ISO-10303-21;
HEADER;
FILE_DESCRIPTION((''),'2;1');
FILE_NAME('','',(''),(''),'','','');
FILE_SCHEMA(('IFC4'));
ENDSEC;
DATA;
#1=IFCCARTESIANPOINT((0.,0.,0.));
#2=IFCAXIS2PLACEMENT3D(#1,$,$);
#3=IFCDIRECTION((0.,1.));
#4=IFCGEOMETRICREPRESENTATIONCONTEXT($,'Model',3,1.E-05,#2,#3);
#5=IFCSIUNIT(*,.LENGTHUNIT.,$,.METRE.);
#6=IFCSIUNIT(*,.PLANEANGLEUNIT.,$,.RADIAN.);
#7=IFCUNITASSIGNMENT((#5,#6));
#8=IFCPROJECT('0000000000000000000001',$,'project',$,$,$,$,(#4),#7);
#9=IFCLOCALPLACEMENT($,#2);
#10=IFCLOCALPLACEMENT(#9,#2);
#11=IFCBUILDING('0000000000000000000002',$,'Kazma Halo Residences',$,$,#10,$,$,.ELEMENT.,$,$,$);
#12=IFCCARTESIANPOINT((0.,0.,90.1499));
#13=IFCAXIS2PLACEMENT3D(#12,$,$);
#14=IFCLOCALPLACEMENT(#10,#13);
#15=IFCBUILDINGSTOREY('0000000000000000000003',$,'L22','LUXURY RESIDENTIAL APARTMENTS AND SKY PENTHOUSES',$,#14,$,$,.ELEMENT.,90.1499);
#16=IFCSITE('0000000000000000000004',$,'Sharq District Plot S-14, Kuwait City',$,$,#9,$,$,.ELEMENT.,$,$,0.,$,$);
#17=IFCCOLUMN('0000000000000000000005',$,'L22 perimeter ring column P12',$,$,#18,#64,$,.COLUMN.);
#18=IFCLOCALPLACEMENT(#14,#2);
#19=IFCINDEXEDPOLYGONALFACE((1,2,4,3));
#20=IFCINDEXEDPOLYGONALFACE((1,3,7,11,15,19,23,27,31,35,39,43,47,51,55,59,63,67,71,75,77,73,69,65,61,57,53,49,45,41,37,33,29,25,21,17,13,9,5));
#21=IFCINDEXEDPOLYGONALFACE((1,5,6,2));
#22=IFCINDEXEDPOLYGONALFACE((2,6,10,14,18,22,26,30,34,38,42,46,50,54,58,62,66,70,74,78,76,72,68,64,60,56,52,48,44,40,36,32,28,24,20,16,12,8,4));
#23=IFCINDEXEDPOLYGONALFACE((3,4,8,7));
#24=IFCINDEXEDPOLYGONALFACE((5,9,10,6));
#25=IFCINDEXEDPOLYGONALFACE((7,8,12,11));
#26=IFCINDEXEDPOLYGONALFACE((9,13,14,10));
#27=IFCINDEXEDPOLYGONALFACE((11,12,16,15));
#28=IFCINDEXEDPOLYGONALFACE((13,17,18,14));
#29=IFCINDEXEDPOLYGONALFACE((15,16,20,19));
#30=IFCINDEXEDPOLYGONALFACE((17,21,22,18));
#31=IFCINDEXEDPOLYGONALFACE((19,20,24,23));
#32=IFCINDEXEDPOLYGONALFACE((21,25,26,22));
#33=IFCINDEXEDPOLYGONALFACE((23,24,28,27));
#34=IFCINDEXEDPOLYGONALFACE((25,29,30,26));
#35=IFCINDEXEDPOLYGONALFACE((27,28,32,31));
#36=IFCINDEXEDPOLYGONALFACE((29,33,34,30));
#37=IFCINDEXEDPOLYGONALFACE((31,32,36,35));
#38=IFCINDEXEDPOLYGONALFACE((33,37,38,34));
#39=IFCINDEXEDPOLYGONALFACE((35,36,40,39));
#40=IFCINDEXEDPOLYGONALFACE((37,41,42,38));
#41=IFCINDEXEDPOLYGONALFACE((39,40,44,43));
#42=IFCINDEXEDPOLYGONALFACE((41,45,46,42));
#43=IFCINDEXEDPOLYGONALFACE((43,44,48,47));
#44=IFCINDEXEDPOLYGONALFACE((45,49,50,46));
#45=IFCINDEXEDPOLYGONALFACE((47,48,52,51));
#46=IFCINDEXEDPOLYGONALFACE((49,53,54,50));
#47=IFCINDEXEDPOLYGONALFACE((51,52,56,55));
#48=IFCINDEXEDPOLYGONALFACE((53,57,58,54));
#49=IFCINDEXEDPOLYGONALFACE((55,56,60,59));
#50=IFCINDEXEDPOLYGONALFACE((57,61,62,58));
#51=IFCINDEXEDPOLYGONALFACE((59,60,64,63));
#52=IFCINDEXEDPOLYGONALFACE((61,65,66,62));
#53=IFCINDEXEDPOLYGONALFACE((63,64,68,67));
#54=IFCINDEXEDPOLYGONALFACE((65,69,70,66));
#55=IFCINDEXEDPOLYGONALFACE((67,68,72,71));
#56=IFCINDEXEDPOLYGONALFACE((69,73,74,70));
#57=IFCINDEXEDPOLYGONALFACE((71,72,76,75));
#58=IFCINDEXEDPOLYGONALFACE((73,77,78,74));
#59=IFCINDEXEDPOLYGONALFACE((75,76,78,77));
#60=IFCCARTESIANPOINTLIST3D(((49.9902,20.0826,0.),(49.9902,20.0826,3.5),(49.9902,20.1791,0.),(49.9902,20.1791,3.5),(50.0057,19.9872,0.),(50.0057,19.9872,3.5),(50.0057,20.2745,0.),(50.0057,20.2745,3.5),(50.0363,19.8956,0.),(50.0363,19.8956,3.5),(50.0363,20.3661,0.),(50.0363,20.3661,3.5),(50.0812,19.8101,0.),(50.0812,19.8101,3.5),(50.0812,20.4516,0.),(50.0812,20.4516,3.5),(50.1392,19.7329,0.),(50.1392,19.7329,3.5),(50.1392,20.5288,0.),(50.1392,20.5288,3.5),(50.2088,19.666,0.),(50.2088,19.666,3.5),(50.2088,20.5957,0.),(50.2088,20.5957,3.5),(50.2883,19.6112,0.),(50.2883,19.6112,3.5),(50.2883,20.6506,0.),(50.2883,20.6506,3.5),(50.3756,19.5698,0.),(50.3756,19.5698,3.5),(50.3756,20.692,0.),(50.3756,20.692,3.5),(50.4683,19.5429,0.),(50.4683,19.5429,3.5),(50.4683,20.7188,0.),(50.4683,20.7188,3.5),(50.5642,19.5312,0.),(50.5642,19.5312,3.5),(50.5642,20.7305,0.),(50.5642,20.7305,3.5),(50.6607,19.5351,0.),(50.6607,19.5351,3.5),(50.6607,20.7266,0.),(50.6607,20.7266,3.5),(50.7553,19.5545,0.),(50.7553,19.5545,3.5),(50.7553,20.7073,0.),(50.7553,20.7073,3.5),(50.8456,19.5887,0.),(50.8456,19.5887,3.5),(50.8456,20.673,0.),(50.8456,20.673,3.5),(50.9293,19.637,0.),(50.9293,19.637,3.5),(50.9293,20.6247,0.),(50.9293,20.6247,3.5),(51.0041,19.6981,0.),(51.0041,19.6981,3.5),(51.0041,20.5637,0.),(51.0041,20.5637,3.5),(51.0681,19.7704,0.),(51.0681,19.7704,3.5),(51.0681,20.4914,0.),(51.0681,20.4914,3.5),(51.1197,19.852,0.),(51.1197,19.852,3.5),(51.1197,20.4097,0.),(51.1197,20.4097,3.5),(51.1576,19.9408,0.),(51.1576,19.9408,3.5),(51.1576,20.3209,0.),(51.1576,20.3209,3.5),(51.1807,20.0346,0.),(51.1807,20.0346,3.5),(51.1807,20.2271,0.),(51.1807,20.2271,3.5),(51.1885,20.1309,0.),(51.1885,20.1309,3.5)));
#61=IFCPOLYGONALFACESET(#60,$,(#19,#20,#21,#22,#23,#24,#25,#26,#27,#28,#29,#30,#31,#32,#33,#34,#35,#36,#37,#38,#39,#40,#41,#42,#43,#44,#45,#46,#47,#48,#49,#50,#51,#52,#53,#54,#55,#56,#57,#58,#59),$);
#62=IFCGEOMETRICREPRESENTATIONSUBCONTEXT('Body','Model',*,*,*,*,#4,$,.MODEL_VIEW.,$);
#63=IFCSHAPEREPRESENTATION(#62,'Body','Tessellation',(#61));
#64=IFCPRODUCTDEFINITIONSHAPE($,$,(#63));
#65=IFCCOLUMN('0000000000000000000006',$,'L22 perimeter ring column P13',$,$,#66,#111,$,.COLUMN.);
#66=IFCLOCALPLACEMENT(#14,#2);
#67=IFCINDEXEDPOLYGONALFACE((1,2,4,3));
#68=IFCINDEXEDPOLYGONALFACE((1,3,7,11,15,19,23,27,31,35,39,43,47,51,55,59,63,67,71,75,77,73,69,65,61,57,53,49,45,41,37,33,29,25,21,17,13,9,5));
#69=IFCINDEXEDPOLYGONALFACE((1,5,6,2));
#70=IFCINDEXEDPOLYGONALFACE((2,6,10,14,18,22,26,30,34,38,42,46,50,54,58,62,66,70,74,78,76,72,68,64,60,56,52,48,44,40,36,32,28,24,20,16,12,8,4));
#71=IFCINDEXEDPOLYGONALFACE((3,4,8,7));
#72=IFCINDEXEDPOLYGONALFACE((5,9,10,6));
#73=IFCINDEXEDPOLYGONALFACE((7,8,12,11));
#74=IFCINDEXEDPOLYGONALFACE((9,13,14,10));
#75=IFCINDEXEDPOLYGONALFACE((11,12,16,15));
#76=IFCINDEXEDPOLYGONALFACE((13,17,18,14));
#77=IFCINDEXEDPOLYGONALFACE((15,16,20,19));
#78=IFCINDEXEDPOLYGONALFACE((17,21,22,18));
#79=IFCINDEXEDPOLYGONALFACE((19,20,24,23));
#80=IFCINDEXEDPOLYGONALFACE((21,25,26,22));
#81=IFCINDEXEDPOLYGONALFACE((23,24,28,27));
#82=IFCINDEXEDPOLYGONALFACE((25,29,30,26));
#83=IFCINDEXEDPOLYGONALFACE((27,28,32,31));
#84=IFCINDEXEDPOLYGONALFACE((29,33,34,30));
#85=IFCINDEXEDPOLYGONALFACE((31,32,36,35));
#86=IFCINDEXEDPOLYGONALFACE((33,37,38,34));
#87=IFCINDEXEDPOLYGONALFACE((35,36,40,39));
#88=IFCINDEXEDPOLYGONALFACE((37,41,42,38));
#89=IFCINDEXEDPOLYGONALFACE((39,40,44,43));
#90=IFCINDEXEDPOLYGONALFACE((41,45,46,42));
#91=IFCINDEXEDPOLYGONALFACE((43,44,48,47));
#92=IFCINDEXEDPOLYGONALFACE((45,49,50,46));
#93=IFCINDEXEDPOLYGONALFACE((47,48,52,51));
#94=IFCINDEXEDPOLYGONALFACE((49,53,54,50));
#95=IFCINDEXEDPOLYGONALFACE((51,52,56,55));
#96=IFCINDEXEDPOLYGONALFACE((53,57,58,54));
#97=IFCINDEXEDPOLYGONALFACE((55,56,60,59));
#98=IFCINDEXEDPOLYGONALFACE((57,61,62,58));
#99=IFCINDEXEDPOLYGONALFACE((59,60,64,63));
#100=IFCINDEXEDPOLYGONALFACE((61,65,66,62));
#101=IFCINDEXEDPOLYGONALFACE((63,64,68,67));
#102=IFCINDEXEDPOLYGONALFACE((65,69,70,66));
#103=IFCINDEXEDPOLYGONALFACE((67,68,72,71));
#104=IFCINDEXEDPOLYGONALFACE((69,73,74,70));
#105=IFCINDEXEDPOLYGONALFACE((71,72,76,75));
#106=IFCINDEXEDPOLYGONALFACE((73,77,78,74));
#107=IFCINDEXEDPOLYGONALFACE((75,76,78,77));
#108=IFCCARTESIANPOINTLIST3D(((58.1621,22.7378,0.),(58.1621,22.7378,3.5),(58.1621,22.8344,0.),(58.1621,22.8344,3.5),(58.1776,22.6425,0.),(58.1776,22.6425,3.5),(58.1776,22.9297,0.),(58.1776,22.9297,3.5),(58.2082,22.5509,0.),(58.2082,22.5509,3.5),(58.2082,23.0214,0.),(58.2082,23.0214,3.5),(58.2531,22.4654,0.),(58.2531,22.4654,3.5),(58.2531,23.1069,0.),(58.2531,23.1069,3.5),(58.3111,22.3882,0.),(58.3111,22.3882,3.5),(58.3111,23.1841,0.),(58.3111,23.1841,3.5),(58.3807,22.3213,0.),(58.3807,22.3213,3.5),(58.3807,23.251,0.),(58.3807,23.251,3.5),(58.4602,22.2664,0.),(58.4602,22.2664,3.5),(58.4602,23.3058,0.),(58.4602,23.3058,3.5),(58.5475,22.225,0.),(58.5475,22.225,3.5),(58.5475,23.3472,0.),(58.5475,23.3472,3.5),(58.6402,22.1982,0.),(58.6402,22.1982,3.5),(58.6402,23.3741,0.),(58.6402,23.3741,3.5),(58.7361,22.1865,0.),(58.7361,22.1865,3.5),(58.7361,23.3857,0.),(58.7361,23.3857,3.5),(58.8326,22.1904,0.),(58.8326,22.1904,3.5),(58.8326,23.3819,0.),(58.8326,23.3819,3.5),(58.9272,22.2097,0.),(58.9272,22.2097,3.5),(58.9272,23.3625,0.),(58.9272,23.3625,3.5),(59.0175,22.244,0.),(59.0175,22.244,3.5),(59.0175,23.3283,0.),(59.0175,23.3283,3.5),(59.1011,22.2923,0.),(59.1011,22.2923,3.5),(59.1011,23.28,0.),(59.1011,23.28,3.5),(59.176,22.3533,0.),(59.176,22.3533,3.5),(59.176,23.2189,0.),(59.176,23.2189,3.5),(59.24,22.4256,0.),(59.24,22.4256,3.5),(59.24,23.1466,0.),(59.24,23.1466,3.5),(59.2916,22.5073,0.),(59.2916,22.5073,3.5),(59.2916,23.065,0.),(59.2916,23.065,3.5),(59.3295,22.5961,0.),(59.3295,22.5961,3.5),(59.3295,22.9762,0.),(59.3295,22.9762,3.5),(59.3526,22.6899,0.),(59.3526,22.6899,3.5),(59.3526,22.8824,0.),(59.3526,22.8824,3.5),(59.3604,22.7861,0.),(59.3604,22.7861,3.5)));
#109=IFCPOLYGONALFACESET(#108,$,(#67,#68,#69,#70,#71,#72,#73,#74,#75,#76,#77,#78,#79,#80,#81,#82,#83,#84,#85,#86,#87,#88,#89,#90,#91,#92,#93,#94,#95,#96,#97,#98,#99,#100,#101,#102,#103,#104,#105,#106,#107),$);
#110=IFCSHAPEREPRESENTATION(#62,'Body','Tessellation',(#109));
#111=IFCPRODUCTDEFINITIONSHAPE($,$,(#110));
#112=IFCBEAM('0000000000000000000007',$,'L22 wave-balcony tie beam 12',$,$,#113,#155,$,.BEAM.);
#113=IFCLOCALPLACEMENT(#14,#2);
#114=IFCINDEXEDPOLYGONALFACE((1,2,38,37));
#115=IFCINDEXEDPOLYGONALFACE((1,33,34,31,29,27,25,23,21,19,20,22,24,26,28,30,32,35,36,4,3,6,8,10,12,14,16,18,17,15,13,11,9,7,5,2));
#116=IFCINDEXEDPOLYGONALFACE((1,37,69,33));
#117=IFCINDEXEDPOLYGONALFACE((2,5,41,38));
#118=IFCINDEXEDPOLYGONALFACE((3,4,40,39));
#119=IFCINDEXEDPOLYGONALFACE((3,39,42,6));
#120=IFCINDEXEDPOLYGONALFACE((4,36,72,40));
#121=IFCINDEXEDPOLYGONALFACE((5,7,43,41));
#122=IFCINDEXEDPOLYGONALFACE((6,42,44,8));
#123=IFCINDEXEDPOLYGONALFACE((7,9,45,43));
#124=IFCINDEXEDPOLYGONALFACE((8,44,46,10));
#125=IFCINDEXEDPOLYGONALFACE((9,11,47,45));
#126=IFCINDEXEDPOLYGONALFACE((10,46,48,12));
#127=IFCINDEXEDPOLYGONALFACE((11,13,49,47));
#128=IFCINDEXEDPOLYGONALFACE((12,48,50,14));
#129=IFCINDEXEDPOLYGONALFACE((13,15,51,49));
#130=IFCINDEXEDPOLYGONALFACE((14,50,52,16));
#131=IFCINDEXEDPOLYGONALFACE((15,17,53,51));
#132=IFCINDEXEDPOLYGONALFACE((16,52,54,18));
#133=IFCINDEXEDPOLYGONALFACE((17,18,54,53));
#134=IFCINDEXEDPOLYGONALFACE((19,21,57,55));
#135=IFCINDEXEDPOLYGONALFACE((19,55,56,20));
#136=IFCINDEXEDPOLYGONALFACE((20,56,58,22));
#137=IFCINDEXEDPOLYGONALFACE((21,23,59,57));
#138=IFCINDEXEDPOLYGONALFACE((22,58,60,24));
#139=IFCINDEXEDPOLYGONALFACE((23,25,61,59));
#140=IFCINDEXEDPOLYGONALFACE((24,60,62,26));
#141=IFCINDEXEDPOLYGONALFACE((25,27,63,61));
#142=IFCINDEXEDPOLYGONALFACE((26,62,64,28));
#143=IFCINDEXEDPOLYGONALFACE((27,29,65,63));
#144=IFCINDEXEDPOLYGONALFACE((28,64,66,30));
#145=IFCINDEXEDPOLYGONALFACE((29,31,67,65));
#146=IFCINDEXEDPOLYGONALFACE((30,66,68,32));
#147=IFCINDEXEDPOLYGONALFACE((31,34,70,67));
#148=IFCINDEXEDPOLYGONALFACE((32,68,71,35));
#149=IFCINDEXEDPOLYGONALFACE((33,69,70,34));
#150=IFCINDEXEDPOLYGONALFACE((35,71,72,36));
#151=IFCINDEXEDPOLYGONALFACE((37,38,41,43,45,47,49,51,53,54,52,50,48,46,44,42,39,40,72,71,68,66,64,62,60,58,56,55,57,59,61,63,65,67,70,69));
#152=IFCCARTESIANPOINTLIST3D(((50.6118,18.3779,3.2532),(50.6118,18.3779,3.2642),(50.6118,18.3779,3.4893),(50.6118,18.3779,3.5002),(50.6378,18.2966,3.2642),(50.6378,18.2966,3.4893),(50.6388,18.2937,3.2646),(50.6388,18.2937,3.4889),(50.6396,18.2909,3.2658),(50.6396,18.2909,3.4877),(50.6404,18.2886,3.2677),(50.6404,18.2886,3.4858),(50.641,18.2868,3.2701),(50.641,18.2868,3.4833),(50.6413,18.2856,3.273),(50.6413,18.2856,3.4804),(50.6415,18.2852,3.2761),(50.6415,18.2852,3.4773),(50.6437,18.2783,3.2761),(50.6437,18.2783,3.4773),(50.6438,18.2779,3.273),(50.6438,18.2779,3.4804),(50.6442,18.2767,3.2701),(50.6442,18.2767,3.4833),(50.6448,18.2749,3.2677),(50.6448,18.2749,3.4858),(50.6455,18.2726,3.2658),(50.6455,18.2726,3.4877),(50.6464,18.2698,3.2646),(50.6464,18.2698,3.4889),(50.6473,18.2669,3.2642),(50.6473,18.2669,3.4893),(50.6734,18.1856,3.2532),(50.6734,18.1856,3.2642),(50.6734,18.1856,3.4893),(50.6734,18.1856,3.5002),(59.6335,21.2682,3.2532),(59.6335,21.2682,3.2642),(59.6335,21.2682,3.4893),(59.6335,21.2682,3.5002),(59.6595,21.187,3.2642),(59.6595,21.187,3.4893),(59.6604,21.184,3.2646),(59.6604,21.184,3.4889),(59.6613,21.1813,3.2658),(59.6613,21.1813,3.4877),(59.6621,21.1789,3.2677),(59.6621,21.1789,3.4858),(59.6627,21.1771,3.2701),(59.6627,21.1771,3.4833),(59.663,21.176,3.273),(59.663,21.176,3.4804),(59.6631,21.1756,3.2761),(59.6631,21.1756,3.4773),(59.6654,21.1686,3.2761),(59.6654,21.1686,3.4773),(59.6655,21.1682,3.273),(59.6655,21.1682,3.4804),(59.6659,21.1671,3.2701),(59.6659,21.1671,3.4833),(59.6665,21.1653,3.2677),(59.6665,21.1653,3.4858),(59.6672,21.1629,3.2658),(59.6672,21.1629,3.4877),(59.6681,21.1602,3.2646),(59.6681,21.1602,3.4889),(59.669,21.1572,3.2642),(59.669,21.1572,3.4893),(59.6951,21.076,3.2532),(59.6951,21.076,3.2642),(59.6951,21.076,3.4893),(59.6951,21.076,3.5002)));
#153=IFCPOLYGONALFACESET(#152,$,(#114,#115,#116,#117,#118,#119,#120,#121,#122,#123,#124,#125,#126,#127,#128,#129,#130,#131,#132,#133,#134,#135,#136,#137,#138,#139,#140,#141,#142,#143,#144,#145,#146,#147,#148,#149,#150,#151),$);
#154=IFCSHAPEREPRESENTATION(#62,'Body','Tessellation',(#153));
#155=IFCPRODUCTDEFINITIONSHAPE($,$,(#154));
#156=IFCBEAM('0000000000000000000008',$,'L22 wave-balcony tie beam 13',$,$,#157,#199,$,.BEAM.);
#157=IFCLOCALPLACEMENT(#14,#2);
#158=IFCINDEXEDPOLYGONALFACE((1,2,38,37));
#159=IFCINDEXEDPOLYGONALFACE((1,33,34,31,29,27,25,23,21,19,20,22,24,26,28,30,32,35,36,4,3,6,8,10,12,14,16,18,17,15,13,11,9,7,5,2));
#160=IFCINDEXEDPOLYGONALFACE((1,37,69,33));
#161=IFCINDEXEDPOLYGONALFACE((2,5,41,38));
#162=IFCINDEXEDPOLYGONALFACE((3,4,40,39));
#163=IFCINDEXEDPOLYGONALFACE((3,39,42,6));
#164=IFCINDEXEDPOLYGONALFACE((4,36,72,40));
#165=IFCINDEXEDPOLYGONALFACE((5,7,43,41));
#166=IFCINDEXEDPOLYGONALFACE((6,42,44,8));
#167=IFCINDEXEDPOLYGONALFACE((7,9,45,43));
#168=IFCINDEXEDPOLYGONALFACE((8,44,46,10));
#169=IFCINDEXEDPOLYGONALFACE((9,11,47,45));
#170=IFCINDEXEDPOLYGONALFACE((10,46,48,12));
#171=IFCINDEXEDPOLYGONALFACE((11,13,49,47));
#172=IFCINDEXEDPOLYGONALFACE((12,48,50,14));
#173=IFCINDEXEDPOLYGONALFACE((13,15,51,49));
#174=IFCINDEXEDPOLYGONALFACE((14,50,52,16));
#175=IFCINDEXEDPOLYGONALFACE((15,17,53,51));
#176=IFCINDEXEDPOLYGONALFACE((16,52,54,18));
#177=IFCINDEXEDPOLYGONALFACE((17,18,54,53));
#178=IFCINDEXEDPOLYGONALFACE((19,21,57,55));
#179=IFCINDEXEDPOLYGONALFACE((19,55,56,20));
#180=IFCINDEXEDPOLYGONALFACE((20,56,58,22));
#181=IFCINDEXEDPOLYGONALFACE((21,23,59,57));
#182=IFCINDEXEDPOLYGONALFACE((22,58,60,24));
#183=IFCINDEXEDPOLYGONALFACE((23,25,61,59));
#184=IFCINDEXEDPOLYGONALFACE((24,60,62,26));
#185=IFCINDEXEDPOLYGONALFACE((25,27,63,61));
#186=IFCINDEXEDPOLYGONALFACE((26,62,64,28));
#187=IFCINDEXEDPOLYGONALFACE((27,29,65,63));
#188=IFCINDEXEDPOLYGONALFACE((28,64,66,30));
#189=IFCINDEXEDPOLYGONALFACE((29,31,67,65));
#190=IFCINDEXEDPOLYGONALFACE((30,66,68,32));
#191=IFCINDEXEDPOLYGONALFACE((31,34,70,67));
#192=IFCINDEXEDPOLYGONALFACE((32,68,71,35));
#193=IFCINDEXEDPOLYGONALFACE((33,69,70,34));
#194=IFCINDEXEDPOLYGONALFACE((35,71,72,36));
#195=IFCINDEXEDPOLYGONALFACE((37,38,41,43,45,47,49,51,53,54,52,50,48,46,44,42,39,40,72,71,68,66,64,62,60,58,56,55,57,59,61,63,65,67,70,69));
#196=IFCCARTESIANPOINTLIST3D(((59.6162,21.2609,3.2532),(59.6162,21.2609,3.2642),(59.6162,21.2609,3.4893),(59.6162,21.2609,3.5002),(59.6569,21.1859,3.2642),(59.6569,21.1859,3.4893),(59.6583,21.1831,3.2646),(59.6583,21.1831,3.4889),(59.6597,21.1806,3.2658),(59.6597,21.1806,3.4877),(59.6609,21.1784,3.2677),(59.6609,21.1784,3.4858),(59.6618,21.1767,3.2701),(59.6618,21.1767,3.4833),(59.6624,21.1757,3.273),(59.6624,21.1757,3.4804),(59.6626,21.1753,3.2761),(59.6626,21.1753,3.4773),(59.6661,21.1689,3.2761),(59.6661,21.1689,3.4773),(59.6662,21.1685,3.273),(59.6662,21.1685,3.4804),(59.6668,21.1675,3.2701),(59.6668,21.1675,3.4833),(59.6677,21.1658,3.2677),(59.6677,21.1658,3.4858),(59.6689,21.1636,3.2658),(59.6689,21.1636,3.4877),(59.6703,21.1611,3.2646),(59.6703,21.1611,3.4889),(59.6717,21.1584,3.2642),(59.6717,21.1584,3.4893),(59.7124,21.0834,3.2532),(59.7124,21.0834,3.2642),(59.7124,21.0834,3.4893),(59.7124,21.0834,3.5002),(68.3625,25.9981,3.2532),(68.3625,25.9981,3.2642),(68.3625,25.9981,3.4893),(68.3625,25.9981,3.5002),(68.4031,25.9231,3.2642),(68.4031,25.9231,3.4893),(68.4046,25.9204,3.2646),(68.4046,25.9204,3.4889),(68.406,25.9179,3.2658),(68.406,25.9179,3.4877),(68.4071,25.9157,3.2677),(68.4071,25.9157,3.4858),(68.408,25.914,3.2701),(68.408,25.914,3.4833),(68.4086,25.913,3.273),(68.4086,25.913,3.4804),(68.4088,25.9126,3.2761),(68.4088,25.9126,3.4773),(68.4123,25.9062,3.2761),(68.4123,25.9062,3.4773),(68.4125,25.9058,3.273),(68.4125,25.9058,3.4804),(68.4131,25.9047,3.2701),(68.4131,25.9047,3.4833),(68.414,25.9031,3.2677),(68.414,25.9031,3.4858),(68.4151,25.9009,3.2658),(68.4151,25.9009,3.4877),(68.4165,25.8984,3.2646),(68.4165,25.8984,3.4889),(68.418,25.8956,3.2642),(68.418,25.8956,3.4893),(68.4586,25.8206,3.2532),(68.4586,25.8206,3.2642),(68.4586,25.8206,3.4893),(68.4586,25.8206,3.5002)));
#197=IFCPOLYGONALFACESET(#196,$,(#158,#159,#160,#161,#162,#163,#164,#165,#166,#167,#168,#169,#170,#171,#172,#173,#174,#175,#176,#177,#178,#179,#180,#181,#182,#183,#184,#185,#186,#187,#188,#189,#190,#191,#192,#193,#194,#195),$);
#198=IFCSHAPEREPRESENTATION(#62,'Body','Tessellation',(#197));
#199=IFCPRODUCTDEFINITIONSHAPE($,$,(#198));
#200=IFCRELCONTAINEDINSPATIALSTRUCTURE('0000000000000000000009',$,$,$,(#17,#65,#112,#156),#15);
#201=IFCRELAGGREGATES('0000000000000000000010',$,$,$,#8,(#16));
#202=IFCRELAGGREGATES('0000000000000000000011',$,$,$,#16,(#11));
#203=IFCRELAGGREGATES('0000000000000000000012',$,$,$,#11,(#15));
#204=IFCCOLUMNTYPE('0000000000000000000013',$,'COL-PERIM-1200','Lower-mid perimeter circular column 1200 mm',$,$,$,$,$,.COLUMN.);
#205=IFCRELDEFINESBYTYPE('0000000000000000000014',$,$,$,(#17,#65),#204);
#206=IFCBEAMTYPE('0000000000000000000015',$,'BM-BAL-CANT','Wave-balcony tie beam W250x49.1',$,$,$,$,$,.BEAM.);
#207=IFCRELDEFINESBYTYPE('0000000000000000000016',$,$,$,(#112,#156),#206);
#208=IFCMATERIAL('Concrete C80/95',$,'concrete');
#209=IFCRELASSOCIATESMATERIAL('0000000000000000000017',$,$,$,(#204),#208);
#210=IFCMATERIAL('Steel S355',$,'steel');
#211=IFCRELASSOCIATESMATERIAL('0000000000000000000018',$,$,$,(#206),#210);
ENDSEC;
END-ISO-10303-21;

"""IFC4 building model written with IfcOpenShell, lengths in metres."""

from ifc_helpers import new_model, si_unit, direction, frame, origin, origin_2d, place, context, subcontext, project, spatial, circle, i_section, extrude, material, material_profile, profile_set, type_object, element, save


model = new_model("IFC4")

# Units and contexts
model_context = context("Model", 3, precision=1e-05, world=origin(), true_north=direction((0.0, 1.0)))
body_context = subcontext(model_context, "Body", "Model", "MODEL_VIEW")
ifc_project = project(units=[si_unit("LENGTHUNIT", "METRE"), si_unit("PLANEANGLEUNIT", "RADIAN")], contexts=[model_context])

# Site, building, storey
site_placement = place(None, origin())
site = spatial("IfcSite", under=ifc_project, at=site_placement, Name="Sharq District Plot S-14, Kuwait City", CompositionType="ELEMENT", RefElevation=0.0)
building_placement = place(site_placement, origin())
building = spatial("IfcBuilding", under=site, at=building_placement, Name="Kazma Halo Residences", CompositionType="ELEMENT")
storey_placement = place(building_placement, frame((0.0, 0.0, 90.1499)))
storey = spatial("IfcBuildingStorey", under=building, at=storey_placement, Name="L22", Description="LUXURY RESIDENTIAL APARTMENTS AND SKY PENTHOUSES", CompositionType="ELEMENT", Elevation=90.1499)

# Columns
ifc_material_1 = material(Name="Concrete C80/95", Category="concrete")
ifc_material_profile_1 = material_profile(ifc_material_1, circle(Radius=0.6001, at=origin_2d()), Name="CIRC1200")
ifc_profile_set_1 = profile_set([ifc_material_profile_1], Name="Concrete C80/95")
column_type = type_object("IfcColumnType", Name="COL-PERIM-1200", Description="Lower-mid perimeter circular column 1200 mm", PredefinedType="COLUMN", material=ifc_profile_set_1)
for number, where, z_axis, x_axis, name in (
    (1, (50.5884, 20.1309, 0.0), (0.0, 0.0, 1.0), (1.0, 0.0, 0.0), "L22 perimeter ring column P12"),
    (2, (58.7603, 22.7861, 0.0), (0.0, 0.0, 1.0), (1.0, 0.0, 0.0), "L22 perimeter ring column P13"),
):
    element("IfcColumn", number, at=place(storey_placement, frame(where, z_axis=z_axis, x_axis=x_axis)), inside=storey, type_object=column_type, Name=name, PredefinedType="COLUMN", context=body_context, shape_type="SweptSolid", body=[
        extrude(circle(Radius=0.6001, at=origin_2d()), origin(), (0.0, 0.0, 1.0), 3.5),
    ])

# Beams
ifc_material_2 = material(Name="Steel S355", Category="steel")
ifc_material_profile_2 = material_profile(ifc_material_2, i_section(OverallWidth=0.2019, OverallDepth=0.2471, WebThickness=0.0073, FlangeThickness=0.011, FilletRadius=0.012, at=origin_2d()), Name="W250x49.1")
ifc_profile_set_2 = profile_set([ifc_material_profile_2], Name="Steel S355")
beam_type_1 = type_object("IfcBeamType", Name="BM-BAL-CANT", Description="Wave-balcony tie beam W250x49.1", PredefinedType="BEAM", material=ifc_profile_set_2)
beam_1_placement = place(storey_placement, frame((50.6426, 18.2817, 3.3767), z_axis=(0.952319, 0.305104, 0.0), x_axis=(-0.305104, 0.952319, 0.0)))
element("IfcBeam", 3, at=beam_1_placement, inside=storey, type_object=beam_type_1, Name="L22 wave-balcony tie beam 12", PredefinedType="BEAM", context=body_context, shape_type="SweptSolid", body=[
    extrude(i_section(OverallWidth=0.2019, OverallDepth=0.2471, WebThickness=0.0073, FlangeThickness=0.011, FilletRadius=0.012, at=origin_2d()), origin(), (0.0, 0.0, 1.0), 9.4734),
])
beam_2_placement = place(storey_placement, frame((59.6643, 21.1721, 3.3767), z_axis=(0.879304, 0.47626, 0.0), x_axis=(-0.47626, 0.879304, 0.0)))
element("IfcBeam", 4, at=beam_2_placement, inside=storey, type_object=beam_type_1, Name="L22 wave-balcony tie beam 13", PredefinedType="BEAM", context=body_context, shape_type="SweptSolid", body=[
    extrude(i_section(OverallWidth=0.2019, OverallDepth=0.2471, WebThickness=0.0073, FlangeThickness=0.011, FilletRadius=0.012, at=origin_2d()), origin(), (0.0, 0.0, 1.0), 9.9468),
])

save(model, "model.ifc")
